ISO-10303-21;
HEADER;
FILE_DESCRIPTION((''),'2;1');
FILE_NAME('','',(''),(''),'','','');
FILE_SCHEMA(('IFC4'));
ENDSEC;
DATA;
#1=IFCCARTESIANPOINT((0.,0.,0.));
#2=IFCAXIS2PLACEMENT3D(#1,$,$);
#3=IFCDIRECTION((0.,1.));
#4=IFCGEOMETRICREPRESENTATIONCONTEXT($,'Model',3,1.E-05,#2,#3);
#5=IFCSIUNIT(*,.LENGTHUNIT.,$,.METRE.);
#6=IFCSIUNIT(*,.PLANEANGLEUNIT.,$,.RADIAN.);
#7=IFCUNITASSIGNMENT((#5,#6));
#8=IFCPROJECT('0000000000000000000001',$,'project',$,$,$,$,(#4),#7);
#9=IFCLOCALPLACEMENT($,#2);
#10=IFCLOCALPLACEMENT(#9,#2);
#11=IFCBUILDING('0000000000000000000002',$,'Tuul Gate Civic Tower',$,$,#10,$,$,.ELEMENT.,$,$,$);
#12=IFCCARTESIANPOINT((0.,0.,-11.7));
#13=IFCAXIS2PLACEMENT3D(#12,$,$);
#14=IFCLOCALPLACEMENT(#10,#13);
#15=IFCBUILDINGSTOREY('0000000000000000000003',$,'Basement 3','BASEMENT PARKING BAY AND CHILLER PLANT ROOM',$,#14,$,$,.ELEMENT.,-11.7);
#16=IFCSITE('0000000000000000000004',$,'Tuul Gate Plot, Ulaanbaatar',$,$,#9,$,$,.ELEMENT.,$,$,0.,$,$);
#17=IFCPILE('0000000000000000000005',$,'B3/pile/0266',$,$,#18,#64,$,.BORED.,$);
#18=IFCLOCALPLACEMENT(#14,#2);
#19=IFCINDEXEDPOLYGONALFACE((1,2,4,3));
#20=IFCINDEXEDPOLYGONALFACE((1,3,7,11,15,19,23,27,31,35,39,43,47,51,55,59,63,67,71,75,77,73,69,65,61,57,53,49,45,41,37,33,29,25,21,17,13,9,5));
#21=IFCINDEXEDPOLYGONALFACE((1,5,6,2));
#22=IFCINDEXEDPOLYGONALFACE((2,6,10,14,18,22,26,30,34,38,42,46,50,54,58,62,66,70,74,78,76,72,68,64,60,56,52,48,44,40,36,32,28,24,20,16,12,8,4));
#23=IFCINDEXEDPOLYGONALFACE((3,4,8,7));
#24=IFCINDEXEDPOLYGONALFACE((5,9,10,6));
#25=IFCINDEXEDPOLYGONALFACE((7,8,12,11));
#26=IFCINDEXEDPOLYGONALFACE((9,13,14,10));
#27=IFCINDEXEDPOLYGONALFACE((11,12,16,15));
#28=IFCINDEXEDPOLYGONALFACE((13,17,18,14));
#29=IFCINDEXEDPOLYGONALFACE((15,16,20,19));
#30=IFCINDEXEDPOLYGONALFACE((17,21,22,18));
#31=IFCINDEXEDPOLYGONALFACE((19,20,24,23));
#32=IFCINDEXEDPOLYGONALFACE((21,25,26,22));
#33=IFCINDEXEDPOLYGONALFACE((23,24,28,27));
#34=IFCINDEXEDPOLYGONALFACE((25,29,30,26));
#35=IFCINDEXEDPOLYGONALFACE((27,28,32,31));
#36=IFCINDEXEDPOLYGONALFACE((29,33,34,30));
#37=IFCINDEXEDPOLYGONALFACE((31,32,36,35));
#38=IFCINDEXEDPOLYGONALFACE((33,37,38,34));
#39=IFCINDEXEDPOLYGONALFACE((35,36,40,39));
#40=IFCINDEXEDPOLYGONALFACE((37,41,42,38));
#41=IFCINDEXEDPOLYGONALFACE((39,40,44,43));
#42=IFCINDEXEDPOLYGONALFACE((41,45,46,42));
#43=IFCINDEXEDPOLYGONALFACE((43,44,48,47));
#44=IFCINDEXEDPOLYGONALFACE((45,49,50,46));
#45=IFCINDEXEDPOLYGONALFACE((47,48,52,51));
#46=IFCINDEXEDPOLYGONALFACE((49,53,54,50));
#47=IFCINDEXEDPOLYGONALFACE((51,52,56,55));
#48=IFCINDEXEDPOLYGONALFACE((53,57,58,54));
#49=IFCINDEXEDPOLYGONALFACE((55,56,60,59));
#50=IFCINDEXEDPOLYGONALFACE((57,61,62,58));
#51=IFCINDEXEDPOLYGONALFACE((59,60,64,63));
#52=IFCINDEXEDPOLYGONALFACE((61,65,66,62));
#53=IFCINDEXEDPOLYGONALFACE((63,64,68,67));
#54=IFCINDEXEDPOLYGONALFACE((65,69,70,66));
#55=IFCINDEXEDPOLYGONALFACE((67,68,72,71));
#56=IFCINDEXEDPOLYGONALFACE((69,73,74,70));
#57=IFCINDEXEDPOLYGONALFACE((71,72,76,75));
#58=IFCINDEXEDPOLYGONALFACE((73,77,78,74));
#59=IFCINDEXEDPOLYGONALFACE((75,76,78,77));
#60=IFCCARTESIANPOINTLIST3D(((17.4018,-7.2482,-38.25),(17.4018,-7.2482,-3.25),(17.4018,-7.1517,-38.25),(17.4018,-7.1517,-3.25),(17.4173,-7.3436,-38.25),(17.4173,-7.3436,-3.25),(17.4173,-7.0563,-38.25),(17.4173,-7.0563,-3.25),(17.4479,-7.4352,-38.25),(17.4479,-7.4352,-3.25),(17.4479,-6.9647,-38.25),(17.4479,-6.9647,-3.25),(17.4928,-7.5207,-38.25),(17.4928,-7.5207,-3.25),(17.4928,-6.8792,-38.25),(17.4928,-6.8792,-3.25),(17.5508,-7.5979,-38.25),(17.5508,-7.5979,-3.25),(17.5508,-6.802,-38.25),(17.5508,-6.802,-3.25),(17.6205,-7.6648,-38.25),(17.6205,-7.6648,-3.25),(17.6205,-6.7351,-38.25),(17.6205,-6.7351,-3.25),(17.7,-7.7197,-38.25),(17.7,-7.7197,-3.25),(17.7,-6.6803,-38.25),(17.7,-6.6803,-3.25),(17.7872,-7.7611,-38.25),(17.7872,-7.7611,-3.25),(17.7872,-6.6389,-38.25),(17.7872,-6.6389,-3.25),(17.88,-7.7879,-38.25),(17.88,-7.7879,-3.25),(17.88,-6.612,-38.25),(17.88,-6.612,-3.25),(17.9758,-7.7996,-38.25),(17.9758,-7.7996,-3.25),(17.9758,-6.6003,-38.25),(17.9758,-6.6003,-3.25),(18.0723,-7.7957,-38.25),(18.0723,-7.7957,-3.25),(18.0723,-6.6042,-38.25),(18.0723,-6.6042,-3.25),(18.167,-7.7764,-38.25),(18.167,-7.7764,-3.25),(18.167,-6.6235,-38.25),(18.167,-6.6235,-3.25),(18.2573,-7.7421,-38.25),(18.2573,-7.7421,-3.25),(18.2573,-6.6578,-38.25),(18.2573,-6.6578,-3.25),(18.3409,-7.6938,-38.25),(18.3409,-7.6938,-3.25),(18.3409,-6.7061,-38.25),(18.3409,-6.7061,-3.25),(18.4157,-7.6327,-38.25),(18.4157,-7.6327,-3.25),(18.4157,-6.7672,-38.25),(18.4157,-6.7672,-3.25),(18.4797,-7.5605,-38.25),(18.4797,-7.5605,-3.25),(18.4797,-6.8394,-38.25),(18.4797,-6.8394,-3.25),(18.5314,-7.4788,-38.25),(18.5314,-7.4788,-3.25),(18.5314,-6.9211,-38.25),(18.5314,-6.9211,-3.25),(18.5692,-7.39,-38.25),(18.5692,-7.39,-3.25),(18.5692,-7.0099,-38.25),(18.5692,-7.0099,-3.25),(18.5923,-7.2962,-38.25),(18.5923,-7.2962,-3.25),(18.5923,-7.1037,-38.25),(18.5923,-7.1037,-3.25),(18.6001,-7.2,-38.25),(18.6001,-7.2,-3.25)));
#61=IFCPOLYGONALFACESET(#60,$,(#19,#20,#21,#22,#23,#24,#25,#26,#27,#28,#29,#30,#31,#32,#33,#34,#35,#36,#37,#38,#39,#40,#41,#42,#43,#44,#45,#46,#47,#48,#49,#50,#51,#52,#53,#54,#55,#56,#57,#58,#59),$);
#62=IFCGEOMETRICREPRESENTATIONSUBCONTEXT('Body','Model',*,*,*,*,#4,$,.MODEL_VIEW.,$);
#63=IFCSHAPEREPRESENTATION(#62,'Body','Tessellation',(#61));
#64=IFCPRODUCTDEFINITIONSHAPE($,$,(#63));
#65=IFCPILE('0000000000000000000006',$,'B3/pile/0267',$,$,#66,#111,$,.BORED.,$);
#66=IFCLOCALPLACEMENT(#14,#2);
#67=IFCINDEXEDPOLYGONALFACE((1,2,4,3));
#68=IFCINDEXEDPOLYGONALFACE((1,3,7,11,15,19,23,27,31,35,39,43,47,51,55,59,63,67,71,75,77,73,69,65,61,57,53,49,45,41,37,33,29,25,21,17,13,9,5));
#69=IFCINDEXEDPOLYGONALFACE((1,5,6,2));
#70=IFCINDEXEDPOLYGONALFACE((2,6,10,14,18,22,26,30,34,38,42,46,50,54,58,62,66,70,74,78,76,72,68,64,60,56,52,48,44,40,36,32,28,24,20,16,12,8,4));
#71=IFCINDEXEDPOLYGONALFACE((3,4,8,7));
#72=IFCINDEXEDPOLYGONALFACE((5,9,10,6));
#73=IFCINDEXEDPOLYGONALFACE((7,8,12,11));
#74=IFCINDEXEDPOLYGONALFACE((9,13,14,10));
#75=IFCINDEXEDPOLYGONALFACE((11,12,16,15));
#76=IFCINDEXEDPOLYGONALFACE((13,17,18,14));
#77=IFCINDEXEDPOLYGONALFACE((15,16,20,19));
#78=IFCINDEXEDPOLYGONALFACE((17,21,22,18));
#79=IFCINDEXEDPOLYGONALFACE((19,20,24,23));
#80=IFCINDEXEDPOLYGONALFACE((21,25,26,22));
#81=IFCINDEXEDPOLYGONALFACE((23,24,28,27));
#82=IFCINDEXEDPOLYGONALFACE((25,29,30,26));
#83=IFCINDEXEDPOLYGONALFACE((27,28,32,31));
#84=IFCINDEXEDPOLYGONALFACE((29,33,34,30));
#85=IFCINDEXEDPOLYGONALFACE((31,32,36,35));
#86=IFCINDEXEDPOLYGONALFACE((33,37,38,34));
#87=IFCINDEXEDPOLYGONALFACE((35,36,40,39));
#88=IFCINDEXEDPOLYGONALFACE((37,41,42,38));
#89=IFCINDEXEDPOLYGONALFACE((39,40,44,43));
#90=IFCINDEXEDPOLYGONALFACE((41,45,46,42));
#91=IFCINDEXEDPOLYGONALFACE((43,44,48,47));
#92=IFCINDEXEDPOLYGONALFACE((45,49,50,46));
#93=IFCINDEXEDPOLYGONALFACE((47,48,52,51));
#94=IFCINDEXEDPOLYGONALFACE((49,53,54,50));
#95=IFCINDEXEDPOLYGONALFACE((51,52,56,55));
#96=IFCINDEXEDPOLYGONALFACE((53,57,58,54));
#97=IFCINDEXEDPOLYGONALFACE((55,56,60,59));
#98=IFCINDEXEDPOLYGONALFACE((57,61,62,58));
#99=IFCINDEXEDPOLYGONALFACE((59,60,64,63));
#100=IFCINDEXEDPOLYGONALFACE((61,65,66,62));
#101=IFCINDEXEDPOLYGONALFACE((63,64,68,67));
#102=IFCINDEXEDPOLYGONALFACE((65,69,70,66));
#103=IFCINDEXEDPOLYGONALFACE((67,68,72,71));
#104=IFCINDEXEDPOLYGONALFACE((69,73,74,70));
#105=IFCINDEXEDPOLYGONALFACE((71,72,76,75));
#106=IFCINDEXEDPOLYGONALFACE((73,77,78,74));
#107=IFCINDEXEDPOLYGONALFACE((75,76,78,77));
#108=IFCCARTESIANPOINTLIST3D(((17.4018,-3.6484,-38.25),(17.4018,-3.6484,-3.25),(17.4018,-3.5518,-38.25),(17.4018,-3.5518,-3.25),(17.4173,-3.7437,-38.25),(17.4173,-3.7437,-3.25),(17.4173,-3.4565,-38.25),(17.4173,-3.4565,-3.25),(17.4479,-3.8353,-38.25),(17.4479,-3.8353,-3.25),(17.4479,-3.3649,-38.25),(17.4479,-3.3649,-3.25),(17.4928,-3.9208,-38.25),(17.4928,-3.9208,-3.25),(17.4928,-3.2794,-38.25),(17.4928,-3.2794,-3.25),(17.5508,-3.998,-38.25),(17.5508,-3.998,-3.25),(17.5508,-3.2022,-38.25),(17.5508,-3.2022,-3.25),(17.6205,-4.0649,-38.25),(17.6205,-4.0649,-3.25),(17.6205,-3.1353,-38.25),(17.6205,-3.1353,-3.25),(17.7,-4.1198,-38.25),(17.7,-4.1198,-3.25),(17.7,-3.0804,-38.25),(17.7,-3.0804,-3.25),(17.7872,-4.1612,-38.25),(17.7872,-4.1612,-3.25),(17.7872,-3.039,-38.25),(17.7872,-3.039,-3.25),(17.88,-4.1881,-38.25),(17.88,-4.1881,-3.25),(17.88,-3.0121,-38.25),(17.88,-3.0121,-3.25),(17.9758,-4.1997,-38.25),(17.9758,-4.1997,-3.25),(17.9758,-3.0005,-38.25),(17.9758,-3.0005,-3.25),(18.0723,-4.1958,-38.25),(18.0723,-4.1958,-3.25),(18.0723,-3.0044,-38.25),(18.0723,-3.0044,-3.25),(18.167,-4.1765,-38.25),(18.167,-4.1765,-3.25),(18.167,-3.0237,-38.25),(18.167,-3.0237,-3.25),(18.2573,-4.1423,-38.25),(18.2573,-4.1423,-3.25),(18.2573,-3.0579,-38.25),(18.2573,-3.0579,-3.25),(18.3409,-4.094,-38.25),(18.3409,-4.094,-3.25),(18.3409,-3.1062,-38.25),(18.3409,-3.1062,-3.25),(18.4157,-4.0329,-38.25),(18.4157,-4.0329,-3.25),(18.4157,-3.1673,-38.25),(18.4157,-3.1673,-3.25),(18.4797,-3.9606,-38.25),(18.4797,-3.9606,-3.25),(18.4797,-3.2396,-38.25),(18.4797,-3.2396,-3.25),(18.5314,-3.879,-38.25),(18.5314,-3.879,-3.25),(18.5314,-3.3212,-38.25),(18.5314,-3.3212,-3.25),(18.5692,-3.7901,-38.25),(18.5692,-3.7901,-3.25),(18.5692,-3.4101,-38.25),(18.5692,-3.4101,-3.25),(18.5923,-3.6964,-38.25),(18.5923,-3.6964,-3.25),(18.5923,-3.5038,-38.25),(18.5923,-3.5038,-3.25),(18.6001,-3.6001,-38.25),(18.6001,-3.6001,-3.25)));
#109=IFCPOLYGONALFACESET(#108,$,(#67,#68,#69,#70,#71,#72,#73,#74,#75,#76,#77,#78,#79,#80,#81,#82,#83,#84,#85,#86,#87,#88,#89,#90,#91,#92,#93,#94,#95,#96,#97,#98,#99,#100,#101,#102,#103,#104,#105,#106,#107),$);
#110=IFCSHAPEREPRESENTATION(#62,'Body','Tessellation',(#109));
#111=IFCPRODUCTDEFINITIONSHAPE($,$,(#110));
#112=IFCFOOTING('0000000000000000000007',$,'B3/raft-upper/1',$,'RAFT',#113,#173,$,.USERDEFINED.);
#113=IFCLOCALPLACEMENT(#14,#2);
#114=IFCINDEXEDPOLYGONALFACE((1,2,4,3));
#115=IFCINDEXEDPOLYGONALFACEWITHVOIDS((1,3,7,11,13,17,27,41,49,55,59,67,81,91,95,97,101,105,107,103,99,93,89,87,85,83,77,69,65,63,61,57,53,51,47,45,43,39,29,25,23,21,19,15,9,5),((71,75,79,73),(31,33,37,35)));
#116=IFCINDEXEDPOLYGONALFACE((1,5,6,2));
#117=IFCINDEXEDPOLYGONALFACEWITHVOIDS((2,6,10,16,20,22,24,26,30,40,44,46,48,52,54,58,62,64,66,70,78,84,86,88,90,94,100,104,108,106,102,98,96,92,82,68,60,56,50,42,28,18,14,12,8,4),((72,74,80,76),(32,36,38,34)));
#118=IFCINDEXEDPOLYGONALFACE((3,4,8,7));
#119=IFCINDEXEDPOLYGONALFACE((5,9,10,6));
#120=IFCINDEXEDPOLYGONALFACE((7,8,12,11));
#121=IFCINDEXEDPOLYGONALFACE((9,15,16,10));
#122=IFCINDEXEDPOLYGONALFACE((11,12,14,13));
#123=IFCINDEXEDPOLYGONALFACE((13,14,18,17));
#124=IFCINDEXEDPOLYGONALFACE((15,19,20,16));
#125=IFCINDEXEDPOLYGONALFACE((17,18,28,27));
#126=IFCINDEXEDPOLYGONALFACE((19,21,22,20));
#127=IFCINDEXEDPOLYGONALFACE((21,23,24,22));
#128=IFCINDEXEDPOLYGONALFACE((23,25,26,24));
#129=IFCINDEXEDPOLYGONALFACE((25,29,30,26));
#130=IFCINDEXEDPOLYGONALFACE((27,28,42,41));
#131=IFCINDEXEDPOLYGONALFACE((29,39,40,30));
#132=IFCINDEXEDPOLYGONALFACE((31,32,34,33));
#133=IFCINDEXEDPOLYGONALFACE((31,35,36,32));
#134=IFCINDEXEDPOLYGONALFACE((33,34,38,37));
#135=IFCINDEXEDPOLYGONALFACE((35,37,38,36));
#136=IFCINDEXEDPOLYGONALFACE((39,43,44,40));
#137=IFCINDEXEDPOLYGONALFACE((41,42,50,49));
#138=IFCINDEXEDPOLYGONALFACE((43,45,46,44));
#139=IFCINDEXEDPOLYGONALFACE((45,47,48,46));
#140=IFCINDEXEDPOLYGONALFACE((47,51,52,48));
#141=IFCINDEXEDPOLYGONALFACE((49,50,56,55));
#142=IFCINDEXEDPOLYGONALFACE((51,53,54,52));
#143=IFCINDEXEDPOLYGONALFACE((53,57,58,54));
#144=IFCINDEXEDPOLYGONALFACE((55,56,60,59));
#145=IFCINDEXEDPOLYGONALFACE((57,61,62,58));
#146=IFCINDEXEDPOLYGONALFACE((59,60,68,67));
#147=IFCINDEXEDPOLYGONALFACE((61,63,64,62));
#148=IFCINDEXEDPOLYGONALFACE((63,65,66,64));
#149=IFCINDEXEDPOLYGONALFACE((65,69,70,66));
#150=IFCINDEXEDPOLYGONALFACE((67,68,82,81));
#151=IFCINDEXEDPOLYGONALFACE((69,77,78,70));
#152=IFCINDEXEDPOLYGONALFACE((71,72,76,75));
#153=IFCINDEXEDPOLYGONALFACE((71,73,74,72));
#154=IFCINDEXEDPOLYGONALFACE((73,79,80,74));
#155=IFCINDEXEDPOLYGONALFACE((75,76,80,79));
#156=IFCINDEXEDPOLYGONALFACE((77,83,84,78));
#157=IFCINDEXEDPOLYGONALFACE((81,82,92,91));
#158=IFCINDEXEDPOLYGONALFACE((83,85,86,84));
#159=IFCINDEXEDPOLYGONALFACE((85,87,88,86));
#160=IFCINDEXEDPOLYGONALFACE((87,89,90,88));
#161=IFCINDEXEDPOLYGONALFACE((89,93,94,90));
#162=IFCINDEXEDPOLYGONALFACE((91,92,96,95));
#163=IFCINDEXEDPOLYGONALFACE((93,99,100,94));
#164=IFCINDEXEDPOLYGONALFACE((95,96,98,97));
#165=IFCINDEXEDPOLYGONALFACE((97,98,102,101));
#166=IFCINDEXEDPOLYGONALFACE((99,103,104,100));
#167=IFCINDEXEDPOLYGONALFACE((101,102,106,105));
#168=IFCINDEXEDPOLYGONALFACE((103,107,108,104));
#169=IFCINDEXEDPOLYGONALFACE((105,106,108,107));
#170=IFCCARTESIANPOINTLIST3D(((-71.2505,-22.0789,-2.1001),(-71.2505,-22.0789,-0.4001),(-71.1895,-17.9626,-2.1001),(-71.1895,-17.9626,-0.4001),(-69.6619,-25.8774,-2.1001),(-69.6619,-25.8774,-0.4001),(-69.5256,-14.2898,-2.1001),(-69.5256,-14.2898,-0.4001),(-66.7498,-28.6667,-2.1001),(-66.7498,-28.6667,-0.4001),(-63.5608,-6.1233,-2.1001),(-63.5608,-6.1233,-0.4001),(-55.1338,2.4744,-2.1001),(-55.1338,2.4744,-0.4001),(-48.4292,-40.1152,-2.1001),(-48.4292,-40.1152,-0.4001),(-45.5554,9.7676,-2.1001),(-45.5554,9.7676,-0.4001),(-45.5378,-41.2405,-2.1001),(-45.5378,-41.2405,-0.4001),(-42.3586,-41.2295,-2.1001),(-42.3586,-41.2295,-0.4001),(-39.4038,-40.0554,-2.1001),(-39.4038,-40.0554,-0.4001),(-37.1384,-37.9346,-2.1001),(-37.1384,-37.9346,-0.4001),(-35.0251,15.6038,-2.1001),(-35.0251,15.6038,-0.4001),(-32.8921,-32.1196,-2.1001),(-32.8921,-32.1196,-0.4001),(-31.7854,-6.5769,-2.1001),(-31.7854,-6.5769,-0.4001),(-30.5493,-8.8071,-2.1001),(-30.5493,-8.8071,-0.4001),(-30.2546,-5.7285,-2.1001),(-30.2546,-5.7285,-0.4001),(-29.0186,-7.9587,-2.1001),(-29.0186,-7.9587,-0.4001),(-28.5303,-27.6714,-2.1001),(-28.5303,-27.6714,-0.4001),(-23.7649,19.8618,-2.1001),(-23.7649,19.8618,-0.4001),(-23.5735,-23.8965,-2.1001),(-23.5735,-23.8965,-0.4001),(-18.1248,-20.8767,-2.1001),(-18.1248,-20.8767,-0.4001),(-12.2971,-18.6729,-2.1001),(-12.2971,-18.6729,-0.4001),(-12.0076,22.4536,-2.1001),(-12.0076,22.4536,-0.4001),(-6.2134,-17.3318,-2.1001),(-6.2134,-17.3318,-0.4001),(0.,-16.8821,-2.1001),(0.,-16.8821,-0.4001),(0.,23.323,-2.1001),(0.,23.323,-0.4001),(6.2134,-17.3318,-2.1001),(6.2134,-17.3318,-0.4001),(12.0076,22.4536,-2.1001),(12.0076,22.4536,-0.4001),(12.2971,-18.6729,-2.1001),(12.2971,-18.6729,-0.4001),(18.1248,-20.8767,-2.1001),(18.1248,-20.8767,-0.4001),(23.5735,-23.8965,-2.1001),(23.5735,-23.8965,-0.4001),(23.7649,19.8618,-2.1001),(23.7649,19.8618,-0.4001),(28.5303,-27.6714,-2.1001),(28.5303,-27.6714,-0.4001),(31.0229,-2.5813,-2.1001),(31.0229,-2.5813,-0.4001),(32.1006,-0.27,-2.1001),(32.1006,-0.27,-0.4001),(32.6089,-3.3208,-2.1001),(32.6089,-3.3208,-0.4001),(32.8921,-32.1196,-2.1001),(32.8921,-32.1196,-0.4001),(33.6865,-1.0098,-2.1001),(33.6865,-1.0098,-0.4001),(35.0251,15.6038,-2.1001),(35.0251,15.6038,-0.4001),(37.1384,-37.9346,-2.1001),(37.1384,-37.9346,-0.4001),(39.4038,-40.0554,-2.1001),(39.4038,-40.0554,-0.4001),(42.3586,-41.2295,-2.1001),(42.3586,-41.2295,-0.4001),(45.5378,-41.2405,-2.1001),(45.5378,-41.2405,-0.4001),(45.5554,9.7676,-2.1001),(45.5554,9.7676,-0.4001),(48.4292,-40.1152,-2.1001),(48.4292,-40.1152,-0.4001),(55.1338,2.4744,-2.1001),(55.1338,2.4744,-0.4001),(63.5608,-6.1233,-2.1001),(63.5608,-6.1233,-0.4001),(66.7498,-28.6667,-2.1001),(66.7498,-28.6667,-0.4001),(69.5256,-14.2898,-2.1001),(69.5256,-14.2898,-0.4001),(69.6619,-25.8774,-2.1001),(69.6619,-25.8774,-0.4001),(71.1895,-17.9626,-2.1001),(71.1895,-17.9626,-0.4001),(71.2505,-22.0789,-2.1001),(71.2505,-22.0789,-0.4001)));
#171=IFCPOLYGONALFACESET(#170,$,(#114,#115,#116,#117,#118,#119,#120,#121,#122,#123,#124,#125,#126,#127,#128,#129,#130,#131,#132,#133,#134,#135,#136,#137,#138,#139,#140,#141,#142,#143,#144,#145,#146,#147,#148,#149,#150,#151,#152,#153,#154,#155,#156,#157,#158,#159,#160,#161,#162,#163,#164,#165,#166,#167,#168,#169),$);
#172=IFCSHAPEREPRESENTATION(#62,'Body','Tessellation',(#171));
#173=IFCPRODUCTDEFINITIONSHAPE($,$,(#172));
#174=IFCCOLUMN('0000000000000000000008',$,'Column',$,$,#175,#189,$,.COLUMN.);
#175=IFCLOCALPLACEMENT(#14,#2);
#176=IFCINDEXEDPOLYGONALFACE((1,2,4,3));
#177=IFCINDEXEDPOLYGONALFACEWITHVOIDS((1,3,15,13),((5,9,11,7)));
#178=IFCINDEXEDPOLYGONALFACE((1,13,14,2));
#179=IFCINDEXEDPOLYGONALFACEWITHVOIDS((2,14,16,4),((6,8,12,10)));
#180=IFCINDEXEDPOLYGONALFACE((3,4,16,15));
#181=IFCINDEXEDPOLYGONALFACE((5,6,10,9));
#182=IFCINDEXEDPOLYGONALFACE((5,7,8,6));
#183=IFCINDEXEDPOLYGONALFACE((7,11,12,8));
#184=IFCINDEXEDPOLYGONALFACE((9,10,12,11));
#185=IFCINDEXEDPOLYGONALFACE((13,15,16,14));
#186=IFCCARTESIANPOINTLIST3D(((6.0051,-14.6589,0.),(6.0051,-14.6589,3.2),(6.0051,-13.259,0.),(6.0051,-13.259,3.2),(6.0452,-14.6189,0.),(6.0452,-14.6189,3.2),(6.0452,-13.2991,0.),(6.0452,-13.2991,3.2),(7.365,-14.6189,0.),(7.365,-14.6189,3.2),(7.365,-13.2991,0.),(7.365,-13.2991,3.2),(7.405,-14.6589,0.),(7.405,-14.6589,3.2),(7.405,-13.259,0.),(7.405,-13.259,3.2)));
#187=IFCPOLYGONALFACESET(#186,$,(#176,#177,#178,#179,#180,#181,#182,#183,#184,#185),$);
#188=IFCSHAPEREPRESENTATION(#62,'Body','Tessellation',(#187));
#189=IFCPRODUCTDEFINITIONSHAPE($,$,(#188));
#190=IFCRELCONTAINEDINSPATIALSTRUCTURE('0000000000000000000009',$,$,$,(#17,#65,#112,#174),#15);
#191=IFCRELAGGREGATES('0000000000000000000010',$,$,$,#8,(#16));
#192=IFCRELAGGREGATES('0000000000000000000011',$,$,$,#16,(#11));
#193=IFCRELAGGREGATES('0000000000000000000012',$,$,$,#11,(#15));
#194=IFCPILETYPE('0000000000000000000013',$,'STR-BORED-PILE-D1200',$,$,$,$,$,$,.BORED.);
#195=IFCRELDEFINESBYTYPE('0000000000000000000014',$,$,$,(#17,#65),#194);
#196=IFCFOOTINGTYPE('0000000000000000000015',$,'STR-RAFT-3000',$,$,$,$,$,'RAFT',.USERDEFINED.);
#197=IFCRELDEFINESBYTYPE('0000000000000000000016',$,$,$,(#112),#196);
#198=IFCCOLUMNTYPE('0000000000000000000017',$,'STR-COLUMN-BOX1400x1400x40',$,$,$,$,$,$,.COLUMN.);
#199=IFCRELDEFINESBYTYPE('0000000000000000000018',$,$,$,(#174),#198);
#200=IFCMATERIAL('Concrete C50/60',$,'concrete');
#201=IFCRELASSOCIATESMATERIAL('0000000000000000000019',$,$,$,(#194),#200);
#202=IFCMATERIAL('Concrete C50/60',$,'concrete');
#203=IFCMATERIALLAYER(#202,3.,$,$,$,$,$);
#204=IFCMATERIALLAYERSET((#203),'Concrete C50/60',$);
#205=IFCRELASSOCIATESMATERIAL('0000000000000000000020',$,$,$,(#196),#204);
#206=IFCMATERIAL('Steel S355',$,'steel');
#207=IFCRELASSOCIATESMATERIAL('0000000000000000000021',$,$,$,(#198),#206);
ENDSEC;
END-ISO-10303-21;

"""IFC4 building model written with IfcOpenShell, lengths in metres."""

from ifc_helpers import new_model, si_unit, direction, frame, origin, origin_2d, place, context, subcontext, project, spatial, polyline, hollow_rectangle, circle, outline, extrude, material, layer, layer_set, material_profile, profile_set, type_object, element, save


model = new_model("IFC4")

# Units and contexts
model_context = context("Model", 3, precision=1e-05, world=origin(), true_north=direction((0.0, 1.0)))
body_context = subcontext(model_context, "Body", "Model", "MODEL_VIEW")
ifc_project = project(units=[si_unit("LENGTHUNIT", "METRE"), si_unit("PLANEANGLEUNIT", "RADIAN")], contexts=[model_context])

# Site, building, storey
site_placement = place(None, origin())
site = spatial("IfcSite", under=ifc_project, at=site_placement, Name="Tuul Gate Plot, Ulaanbaatar", CompositionType="ELEMENT", RefElevation=0.0)
building_placement = place(site_placement, origin())
building = spatial("IfcBuilding", under=site, at=building_placement, Name="Tuul Gate Civic Tower", CompositionType="ELEMENT")
storey_placement = place(building_placement, frame((0.0, 0.0, -11.7)))
storey = spatial("IfcBuildingStorey", under=building, at=storey_placement, Name="Basement 3", Description="BASEMENT PARKING BAY AND CHILLER PLANT ROOM", CompositionType="ELEMENT", Elevation=-11.7)

# Piles
ifc_material_1 = material(Name="Concrete C50/60", Category="concrete")
ifc_material_profile_1 = material_profile(ifc_material_1, circle(Radius=0.6001, at=origin_2d()), Name="PILE1200")
ifc_profile_set_1 = profile_set([ifc_material_profile_1], Name="Concrete C50/60")
pile_type = type_object("IfcPileType", Name="STR-BORED-PILE-D1200", PredefinedType="BORED", material=ifc_profile_set_1)
for number, where, z_axis, x_axis, name in (
    (1, (18.0, -7.2, -3.25), (0.0, 0.0, -1.0), (1.0, 0.0, 0.0), "B3/pile/0266"),
    (2, (18.0, -3.6001, -3.25), (0.0, 0.0, -1.0), (1.0, 0.0, 0.0), "B3/pile/0267"),
):
    element("IfcPile", number, at=place(storey_placement, frame(where, z_axis=z_axis, x_axis=x_axis)), inside=storey, type_object=pile_type, Name=name, PredefinedType="BORED", context=body_context, shape_type="SweptSolid", body=[
        extrude(circle(Radius=0.6001, at=origin_2d()), origin(), (0.0, 0.0, 1.0), 35.0),
    ])

# Footing
ifc_material_2 = material(Name="Concrete C50/60", Category="concrete")
ifc_layer_1 = layer(ifc_material_2, 3.0)
ifc_layer_set_1 = layer_set([ifc_layer_1], Name="Concrete C50/60")
footing_type = type_object("IfcFootingType", Name="STR-RAFT-3000", ElementType="RAFT", PredefinedType="USERDEFINED", material=ifc_layer_set_1)
footing_placement = place(storey_placement, frame((0.0, 0.0, -2.1001)))
element("IfcFooting", 3, at=footing_placement, inside=storey, type_object=footing_type, Name="B3/raft-upper/1", ObjectType="RAFT", PredefinedType="USERDEFINED", context=body_context, shape_type="SweptSolid", body=[
    extrude(outline(polyline([(48.4292, -40.1152), (66.7498, -28.6667), (69.6619, -25.8774), (71.2505, -22.0789), (71.1895, -17.9626), (69.5256, -14.2898), (63.5608, -6.1233), (55.1338, 2.4744), (45.5554, 9.7676), (35.0251, 15.6038), (23.7649, 19.8618), (12.0076, 22.4536), (0.0, 23.323), (-12.0076, 22.4536), (-23.7649, 19.8618), (-35.0251, 15.6038), (-45.5554, 9.7676), (-55.1338, 2.4744), (-63.5608, -6.1233), (-69.5256, -14.2898), (-71.1895, -17.9626), (-71.2505, -22.0789), (-69.6619, -25.8774), (-66.7498, -28.6667), (-48.4292, -40.1152), (-45.5378, -41.2405), (-42.3586, -41.2295), (-39.4038, -40.0554), (-37.1384, -37.9346), (-32.8921, -32.1196), (-28.5303, -27.6714), (-23.5735, -23.8965), (-18.1248, -20.8767), (-12.2971, -18.6729), (-6.2134, -17.3318), (0.0, -16.8821), (6.2134, -17.3318), (12.2971, -18.6729), (18.1248, -20.8767), (23.5735, -23.8965), (28.5303, -27.6714), (32.8921, -32.1196), (37.1384, -37.9346), (39.4038, -40.0554), (42.3586, -41.2295), (45.5378, -41.2405), (48.4292, -40.1152)]), holes=[polyline([(-30.2546, -5.7285), (-29.0186, -7.9587), (-30.5493, -8.8071), (-31.7854, -6.5769), (-30.2546, -5.7285)]), polyline([(32.6089, -3.3208), (31.0229, -2.5813), (32.1006, -0.27), (33.6865, -1.0098), (32.6089, -3.3208)])]), origin(), (0.0, 0.0, 1.0), 1.7),
])

# Column
ifc_material_3 = material(Name="Steel S355", Category="steel")
ifc_material_profile_2 = material_profile(ifc_material_3, hollow_rectangle(XDim=1.3999, YDim=1.3999, WallThickness=0.04, at=origin_2d()), Name="BOX1400x1400x40")
ifc_profile_set_2 = profile_set([ifc_material_profile_2], Name="Steel S355")
column_type_1 = type_object("IfcColumnType", Name="STR-COLUMN-BOX1400x1400x40", PredefinedType="COLUMN", material=ifc_profile_set_2)
for number, where, z_axis, x_axis, name in (
    (4, (6.7051, -13.959, 0.0), (0.0, 0.0, 1.0), (1.0, 0.0, 0.0), "Column"),
):
    element("IfcColumn", number, at=place(storey_placement, frame(where, z_axis=z_axis, x_axis=x_axis)), inside=storey, type_object=column_type_1, Name=name, PredefinedType="COLUMN", context=body_context, shape_type="SweptSolid", body=[
        extrude(hollow_rectangle(XDim=1.3999, YDim=1.3999, WallThickness=0.04, at=origin_2d()), origin(), (0.0, 0.0, 1.0), 3.2),
    ])

save(model, "model.ifc")
